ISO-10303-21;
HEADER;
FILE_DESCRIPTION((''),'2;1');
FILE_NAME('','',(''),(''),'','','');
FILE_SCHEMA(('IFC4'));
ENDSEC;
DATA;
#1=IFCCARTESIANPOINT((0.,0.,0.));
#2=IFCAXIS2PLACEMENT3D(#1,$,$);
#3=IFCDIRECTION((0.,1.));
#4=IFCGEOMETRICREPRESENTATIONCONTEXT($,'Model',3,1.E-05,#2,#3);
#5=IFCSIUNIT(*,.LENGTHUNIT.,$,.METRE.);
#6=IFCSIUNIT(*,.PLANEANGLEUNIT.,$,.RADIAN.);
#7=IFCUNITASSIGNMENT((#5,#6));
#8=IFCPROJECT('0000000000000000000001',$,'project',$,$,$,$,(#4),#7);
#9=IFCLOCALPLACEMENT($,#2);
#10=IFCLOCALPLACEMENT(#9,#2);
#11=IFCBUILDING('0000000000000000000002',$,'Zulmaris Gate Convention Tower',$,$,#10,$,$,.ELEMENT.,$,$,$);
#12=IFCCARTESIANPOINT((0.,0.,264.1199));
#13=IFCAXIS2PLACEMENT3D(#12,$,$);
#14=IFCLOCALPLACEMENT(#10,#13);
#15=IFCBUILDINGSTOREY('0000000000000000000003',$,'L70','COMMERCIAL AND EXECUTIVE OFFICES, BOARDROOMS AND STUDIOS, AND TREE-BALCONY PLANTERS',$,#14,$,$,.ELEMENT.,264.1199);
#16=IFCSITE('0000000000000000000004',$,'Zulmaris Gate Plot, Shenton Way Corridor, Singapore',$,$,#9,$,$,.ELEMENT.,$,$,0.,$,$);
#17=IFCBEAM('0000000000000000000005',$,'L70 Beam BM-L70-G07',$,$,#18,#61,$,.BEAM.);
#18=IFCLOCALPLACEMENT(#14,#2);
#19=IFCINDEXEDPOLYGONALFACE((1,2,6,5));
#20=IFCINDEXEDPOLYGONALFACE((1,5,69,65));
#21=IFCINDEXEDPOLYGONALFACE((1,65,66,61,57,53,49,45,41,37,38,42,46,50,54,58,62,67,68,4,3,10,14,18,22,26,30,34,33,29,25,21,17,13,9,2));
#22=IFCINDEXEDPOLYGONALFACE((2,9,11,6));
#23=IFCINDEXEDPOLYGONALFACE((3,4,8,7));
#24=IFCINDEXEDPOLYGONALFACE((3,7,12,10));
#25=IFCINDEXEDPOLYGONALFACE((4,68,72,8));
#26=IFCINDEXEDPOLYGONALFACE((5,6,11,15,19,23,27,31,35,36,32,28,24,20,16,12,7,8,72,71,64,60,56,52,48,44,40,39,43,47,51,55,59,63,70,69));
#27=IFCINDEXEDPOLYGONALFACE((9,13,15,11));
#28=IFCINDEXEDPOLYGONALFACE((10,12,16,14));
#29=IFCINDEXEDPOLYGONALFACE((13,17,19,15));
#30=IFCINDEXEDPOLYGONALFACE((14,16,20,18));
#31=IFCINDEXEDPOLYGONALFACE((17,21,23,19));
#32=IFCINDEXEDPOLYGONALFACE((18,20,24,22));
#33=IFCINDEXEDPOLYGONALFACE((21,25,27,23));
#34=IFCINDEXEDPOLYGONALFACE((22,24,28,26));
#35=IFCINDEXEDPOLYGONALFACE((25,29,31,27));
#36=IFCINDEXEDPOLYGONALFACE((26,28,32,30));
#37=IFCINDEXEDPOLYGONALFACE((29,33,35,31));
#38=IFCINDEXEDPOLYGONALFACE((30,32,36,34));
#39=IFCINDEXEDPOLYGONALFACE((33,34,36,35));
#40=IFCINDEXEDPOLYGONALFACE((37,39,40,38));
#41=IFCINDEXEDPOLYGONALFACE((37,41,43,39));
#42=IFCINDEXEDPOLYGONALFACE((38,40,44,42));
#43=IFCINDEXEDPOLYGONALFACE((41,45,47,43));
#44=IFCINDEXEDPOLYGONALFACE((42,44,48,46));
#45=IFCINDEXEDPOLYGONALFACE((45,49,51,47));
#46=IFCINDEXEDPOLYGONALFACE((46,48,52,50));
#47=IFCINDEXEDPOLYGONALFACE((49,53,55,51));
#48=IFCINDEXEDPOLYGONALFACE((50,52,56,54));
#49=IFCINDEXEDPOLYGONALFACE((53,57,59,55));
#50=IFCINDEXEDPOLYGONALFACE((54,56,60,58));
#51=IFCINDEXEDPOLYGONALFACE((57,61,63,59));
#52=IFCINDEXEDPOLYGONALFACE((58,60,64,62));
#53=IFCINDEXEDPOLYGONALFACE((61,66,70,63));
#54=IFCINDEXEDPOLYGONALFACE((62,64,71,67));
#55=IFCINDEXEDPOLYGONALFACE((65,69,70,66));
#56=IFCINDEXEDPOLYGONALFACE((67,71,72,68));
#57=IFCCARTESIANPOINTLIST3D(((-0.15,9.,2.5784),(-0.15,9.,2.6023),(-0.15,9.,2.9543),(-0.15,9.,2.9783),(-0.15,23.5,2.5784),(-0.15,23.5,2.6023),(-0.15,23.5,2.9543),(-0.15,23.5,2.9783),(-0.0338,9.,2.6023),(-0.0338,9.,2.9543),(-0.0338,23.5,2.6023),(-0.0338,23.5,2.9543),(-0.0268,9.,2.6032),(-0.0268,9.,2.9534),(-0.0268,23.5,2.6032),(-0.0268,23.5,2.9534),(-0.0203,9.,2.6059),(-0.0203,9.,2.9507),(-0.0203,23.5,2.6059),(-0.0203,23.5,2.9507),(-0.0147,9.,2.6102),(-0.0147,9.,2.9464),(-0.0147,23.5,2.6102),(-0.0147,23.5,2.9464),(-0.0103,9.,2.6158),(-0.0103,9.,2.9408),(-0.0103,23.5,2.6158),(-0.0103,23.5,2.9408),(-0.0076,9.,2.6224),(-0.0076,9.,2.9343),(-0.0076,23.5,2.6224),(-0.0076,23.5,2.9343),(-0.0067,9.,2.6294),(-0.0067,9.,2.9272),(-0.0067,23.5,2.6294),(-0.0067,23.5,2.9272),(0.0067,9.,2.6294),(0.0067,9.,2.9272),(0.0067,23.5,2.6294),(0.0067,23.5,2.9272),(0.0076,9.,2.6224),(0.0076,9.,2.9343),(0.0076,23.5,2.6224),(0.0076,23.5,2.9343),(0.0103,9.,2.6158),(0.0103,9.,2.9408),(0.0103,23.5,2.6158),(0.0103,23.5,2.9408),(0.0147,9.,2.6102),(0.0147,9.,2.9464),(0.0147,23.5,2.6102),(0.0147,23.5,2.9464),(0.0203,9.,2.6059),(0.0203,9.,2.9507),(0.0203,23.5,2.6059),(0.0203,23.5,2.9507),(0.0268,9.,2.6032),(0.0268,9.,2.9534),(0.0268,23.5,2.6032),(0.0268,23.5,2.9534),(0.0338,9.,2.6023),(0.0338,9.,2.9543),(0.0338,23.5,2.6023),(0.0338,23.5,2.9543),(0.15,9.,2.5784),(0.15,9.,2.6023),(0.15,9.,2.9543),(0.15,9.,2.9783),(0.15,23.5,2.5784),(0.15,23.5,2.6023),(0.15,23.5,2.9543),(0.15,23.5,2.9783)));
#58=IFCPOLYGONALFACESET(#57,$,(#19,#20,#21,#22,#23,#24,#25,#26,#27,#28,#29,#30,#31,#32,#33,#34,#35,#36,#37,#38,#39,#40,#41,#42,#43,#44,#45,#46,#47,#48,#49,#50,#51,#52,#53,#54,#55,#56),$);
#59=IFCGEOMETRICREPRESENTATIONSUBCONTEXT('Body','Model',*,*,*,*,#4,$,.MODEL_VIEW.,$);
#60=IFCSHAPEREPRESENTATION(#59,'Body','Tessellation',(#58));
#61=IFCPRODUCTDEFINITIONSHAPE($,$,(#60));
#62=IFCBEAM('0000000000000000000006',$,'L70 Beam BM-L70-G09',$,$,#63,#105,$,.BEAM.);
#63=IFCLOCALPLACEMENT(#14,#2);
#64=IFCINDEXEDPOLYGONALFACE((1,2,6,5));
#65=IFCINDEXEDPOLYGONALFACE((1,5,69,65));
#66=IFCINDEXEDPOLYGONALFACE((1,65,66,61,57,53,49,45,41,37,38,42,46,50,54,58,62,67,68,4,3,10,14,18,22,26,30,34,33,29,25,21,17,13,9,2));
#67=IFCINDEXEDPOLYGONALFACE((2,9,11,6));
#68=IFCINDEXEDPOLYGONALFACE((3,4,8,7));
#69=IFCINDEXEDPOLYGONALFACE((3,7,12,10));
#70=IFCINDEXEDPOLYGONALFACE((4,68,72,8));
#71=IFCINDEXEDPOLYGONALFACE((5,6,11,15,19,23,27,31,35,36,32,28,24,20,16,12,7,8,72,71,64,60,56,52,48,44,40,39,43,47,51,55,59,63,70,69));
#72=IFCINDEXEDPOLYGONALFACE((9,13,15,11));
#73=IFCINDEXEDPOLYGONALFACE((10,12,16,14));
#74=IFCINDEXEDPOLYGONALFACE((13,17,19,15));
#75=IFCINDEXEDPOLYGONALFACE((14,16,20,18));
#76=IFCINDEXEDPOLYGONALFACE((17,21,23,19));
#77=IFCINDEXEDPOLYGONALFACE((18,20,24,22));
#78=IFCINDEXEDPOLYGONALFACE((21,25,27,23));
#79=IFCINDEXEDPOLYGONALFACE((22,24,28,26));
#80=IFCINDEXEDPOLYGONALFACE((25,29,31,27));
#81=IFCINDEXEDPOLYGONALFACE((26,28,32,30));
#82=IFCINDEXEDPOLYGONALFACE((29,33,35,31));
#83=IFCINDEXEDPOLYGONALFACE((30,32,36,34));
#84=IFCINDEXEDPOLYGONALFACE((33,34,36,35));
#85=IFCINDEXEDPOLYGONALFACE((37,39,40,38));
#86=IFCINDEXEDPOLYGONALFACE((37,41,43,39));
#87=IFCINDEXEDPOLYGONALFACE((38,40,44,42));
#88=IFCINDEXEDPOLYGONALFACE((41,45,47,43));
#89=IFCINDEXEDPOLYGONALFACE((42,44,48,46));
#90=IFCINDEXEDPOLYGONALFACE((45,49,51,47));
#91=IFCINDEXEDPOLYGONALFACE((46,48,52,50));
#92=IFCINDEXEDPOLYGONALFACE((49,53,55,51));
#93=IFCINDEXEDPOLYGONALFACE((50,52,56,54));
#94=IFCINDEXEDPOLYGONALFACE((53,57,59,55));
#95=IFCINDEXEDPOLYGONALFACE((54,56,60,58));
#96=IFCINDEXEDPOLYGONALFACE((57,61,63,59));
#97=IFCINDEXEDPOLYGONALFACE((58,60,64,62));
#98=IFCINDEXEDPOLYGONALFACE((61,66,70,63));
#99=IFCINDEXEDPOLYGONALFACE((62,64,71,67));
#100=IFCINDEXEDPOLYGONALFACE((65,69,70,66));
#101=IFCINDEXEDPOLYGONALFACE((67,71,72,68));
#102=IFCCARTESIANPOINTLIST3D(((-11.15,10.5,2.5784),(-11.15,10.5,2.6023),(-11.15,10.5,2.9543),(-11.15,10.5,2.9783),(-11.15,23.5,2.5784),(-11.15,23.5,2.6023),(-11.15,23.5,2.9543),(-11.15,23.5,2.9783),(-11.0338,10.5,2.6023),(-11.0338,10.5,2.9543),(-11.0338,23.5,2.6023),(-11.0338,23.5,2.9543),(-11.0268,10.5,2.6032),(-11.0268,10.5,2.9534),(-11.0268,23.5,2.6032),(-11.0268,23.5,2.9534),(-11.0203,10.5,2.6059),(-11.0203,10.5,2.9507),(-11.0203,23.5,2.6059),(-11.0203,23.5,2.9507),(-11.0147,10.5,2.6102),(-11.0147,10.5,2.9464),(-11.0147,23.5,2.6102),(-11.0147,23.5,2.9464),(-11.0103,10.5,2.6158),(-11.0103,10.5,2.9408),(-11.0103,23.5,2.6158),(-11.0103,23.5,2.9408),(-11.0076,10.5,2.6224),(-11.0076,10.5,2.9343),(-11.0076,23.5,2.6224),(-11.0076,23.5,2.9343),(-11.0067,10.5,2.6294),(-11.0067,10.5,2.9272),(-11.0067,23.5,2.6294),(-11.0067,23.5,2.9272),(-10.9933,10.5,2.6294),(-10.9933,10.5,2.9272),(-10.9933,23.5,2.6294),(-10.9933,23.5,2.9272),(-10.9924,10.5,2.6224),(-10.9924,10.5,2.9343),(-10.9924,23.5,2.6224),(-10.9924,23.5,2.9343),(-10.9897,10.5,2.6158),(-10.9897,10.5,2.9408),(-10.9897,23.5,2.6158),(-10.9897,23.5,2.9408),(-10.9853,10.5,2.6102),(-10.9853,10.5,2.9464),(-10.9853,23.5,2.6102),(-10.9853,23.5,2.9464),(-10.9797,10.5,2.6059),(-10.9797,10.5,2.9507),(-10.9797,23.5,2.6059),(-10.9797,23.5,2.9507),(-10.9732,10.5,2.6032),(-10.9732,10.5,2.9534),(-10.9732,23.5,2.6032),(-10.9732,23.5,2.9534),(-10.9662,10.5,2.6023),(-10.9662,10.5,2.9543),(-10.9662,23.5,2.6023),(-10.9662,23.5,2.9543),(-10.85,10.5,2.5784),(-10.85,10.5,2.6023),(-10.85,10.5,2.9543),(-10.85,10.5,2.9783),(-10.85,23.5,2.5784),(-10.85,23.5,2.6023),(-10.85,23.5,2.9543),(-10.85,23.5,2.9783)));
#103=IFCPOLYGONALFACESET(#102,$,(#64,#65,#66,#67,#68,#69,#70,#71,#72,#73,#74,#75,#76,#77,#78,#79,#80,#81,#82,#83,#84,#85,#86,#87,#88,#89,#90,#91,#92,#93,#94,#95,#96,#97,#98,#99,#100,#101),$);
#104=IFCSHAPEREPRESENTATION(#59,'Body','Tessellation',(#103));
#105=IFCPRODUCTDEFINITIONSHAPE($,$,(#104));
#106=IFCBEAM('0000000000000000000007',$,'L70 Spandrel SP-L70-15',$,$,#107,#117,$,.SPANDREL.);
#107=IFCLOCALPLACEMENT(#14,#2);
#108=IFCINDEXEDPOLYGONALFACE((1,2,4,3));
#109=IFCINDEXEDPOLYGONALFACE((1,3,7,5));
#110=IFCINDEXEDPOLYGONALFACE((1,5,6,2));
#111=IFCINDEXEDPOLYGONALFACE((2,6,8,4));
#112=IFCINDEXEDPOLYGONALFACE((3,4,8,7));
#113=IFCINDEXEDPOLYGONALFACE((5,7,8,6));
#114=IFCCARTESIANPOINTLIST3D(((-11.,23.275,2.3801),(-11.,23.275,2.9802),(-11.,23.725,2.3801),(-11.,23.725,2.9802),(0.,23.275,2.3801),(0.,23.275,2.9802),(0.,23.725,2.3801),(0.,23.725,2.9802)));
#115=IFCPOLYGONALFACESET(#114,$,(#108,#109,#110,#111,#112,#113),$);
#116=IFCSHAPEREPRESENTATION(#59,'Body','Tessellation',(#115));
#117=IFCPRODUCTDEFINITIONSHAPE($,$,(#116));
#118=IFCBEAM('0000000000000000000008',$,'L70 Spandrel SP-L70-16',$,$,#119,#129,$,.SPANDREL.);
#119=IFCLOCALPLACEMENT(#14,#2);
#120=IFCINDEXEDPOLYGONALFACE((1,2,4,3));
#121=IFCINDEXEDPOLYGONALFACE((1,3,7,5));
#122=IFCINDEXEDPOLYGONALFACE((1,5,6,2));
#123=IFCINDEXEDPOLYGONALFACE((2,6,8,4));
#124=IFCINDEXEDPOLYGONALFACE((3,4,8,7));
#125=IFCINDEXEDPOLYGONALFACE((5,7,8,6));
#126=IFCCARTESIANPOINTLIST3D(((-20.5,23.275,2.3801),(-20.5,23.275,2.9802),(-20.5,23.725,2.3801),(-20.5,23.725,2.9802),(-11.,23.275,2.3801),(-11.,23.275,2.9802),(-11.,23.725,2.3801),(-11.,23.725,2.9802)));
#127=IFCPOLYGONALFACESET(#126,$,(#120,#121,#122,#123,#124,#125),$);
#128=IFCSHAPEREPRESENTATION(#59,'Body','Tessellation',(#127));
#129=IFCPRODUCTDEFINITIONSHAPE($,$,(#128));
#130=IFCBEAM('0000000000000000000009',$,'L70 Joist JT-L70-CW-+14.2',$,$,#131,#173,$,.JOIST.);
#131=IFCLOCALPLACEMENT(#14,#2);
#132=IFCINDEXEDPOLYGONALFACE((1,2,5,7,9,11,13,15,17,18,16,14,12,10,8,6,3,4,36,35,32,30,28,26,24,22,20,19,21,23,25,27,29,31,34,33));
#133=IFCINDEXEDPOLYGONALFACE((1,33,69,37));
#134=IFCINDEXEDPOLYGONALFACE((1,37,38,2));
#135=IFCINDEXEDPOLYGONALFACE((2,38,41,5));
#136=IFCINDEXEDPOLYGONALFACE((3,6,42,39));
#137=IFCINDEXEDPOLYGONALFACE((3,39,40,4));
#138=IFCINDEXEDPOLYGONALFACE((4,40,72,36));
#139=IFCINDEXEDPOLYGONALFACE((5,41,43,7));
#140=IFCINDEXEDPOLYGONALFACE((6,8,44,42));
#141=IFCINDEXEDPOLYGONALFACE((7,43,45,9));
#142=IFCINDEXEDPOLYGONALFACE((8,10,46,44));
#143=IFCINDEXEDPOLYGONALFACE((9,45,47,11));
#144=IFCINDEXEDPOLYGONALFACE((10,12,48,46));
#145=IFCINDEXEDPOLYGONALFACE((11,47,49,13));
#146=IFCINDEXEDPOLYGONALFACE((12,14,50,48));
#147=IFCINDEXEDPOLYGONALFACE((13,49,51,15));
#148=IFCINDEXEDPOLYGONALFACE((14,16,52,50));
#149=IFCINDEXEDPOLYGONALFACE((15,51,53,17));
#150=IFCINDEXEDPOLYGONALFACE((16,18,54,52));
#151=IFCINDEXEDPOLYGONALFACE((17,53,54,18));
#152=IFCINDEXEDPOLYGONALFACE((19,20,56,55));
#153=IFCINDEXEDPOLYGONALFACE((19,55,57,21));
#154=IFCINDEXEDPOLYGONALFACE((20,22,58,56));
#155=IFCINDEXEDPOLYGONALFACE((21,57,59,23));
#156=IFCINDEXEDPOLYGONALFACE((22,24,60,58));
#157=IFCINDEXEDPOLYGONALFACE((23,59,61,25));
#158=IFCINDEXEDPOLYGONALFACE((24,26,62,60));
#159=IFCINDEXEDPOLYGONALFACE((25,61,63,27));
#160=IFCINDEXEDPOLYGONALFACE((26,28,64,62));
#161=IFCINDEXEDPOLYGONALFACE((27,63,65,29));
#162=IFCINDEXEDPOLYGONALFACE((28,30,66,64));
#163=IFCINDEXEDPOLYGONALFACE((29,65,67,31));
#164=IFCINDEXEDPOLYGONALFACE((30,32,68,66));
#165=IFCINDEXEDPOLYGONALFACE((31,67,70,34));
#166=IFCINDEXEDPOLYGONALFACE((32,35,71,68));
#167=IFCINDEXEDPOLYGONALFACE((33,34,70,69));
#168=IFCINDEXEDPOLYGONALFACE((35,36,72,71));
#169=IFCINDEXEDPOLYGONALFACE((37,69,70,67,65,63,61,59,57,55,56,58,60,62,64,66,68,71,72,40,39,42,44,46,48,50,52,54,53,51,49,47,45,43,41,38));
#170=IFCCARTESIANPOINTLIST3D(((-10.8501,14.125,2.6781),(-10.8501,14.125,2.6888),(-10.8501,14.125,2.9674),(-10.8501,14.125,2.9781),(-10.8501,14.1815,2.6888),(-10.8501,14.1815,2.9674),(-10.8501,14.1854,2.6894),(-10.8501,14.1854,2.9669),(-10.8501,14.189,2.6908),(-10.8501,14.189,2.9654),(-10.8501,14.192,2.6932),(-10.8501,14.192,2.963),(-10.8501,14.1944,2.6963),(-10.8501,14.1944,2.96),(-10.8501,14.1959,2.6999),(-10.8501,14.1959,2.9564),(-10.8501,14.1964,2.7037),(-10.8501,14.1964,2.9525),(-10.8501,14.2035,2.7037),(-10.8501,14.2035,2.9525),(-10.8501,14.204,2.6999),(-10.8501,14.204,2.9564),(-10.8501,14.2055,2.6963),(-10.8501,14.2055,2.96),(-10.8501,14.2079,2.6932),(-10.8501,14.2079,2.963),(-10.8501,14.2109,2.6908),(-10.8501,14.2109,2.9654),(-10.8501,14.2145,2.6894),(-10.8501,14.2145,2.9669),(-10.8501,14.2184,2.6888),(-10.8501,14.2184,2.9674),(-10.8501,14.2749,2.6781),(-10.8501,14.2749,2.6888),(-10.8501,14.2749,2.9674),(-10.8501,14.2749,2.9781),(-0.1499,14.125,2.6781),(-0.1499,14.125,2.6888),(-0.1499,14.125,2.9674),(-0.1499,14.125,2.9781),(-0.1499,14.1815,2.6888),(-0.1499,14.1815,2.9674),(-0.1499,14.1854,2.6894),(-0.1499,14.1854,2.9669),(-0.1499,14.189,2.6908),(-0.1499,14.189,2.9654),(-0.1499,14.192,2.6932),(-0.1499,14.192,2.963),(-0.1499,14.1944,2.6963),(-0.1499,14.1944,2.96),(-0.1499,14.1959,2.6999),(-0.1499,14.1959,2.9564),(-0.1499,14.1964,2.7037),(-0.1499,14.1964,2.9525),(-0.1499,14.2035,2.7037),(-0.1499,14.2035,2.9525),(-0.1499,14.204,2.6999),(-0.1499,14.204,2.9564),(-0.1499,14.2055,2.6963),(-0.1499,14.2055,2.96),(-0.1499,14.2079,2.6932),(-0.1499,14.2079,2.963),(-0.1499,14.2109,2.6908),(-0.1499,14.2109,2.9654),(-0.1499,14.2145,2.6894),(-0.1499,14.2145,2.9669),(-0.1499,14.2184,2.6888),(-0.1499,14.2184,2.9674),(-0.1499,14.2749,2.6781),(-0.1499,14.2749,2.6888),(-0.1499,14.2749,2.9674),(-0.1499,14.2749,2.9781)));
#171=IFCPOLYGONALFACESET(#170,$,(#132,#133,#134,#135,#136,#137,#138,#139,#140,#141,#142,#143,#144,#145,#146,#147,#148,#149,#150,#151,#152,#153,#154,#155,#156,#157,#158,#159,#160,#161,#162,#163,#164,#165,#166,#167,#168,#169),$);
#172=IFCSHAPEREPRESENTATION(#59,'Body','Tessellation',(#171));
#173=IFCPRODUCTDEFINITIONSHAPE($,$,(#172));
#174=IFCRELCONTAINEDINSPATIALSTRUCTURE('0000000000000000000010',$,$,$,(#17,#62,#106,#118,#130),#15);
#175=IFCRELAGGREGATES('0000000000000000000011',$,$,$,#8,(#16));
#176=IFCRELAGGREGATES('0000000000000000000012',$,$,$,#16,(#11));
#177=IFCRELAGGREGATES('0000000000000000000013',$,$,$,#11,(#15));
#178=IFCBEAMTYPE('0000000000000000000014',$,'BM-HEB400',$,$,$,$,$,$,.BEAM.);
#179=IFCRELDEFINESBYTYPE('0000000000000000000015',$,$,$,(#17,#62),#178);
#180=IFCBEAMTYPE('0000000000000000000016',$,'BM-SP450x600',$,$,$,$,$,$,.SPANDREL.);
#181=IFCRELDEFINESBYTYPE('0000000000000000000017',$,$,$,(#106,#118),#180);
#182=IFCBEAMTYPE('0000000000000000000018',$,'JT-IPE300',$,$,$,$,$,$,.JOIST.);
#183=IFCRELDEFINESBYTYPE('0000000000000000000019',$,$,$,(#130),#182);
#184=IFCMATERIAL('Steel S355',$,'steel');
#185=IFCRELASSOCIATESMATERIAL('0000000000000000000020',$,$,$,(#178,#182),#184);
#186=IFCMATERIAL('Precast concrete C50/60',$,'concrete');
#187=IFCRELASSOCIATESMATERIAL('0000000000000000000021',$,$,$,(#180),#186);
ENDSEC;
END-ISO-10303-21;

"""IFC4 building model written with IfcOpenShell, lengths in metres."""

from ifc_helpers import new_model, si_unit, direction, frame, origin, origin_2d, place, context, subcontext, project, spatial, rectangle, i_section, extrude, material, material_profile, profile_set, type_object, element, save


model = new_model("IFC4")

# Units and contexts
model_context = context("Model", 3, precision=1e-05, world=origin(), true_north=direction((0.0, 1.0)))
body_context = subcontext(model_context, "Body", "Model", "MODEL_VIEW")
ifc_project = project(units=[si_unit("LENGTHUNIT", "METRE"), si_unit("PLANEANGLEUNIT", "RADIAN")], contexts=[model_context])

# Site, building, storey
site_placement = place(None, origin())
site = spatial("IfcSite", under=ifc_project, at=site_placement, Name="Zulmaris Gate Plot, Shenton Way Corridor, Singapore", CompositionType="ELEMENT", RefElevation=0.0)
building_placement = place(site_placement, origin())
building = spatial("IfcBuilding", under=site, at=building_placement, Name="Zulmaris Gate Convention Tower", CompositionType="ELEMENT")
storey_placement = place(building_placement, frame((0.0, 0.0, 264.1199)))
storey = spatial("IfcBuildingStorey", under=building, at=storey_placement, Name="L70", Description="COMMERCIAL AND EXECUTIVE OFFICES, BOARDROOMS AND STUDIOS, AND TREE-BALCONY PLANTERS", CompositionType="ELEMENT", Elevation=264.1199)

# Beams
ifc_material_1 = material(Name="Steel S355", Category="steel")
ifc_material_profile_1 = material_profile(ifc_material_1, i_section(OverallWidth=0.3, OverallDepth=0.3999, WebThickness=0.0134, FlangeThickness=0.0239, FilletRadius=0.0271, at=origin_2d()), Name="HEB 400")
ifc_profile_set_1 = profile_set([ifc_material_profile_1], Name="Steel S355")
beam_type_1 = type_object("IfcBeamType", Name="BM-HEB400", PredefinedType="BEAM", material=ifc_profile_set_1)
beam_1_placement = place(storey_placement, frame((0.0, 9.0, 2.7783), z_axis=(0.0, 1.0, 0.0), x_axis=(-1.0, 0.0, 0.0)))
element("IfcBeam", 1, at=beam_1_placement, inside=storey, type_object=beam_type_1, Name="L70 Beam BM-L70-G07", PredefinedType="BEAM", context=body_context, shape_type="SweptSolid", body=[
    extrude(i_section(OverallWidth=0.3, OverallDepth=0.3999, WebThickness=0.0134, FlangeThickness=0.0239, FilletRadius=0.0271, at=origin_2d()), origin(), (0.0, 0.0, 1.0), 14.5),
])
beam_2_placement = place(storey_placement, frame((-11.0, 10.5, 2.7783), z_axis=(0.0, 1.0, 0.0), x_axis=(-1.0, 0.0, 0.0)))
element("IfcBeam", 2, at=beam_2_placement, inside=storey, type_object=beam_type_1, Name="L70 Beam BM-L70-G09", PredefinedType="BEAM", context=body_context, shape_type="SweptSolid", body=[
    extrude(i_section(OverallWidth=0.3, OverallDepth=0.3999, WebThickness=0.0134, FlangeThickness=0.0239, FilletRadius=0.0271, at=origin_2d()), origin(), (0.0, 0.0, 1.0), 13.0),
])
ifc_material_2 = material(Name="Precast concrete C50/60", Category="concrete")
ifc_material_profile_2 = material_profile(ifc_material_2, rectangle(XDim=0.45, YDim=0.6001, at=origin_2d()), Name="RC SPANDREL 450x600")
ifc_profile_set_2 = profile_set([ifc_material_profile_2], Name="Precast concrete C50/60")
beam_type_2 = type_object("IfcBeamType", Name="BM-SP450x600", PredefinedType="SPANDREL", material=ifc_profile_set_2)
beam_3_placement = place(storey_placement, frame((0.0, 23.5, 2.6802), z_axis=(-1.0, 0.0, 0.0), x_axis=(0.0, -1.0, 0.0)))
element("IfcBeam", 3, at=beam_3_placement, inside=storey, type_object=beam_type_2, Name="L70 Spandrel SP-L70-15", PredefinedType="SPANDREL", context=body_context, shape_type="SweptSolid", body=[
    extrude(rectangle(XDim=0.45, YDim=0.6001, at=origin_2d()), origin(), (0.0, 0.0, 1.0), 11.0),
])
beam_4_placement = place(storey_placement, frame((-11.0, 23.5, 2.6802), z_axis=(-1.0, 0.0, 0.0), x_axis=(0.0, -1.0, 0.0)))
element("IfcBeam", 4, at=beam_4_placement, inside=storey, type_object=beam_type_2, Name="L70 Spandrel SP-L70-16", PredefinedType="SPANDREL", context=body_context, shape_type="SweptSolid", body=[
    extrude(rectangle(XDim=0.45, YDim=0.6001, at=origin_2d()), origin(), (0.0, 0.0, 1.0), 9.5),
])
ifc_material_profile_3 = material_profile(ifc_material_1, i_section(OverallWidth=0.1499, OverallDepth=0.3, WebThickness=0.0071, FlangeThickness=0.0107, FilletRadius=0.0149, at=origin_2d()), Name="IPE 300")
ifc_profile_set_3 = profile_set([ifc_material_profile_3], Name="Steel S355")
beam_type_3 = type_object("IfcBeamType", Name="JT-IPE300", PredefinedType="JOIST", material=ifc_profile_set_3)
for number, where, z_axis, x_axis, name in (
    (5, (-10.8501, 14.2, 2.8281), (1.0, 0.0, 0.0), (0.0, 1.0, 0.0), "L70 Joist JT-L70-CW-+14.2"),
):
    element("IfcBeam", number, at=place(storey_placement, frame(where, z_axis=z_axis, x_axis=x_axis)), inside=storey, type_object=beam_type_3, Name=name, PredefinedType="JOIST", context=body_context, shape_type="SweptSolid", body=[
        extrude(i_section(OverallWidth=0.1499, OverallDepth=0.3, WebThickness=0.0071, FlangeThickness=0.0107, FilletRadius=0.0149, at=origin_2d()), origin(), (0.0, 0.0, 1.0), 10.7002),
    ])

save(model, "model.ifc")
